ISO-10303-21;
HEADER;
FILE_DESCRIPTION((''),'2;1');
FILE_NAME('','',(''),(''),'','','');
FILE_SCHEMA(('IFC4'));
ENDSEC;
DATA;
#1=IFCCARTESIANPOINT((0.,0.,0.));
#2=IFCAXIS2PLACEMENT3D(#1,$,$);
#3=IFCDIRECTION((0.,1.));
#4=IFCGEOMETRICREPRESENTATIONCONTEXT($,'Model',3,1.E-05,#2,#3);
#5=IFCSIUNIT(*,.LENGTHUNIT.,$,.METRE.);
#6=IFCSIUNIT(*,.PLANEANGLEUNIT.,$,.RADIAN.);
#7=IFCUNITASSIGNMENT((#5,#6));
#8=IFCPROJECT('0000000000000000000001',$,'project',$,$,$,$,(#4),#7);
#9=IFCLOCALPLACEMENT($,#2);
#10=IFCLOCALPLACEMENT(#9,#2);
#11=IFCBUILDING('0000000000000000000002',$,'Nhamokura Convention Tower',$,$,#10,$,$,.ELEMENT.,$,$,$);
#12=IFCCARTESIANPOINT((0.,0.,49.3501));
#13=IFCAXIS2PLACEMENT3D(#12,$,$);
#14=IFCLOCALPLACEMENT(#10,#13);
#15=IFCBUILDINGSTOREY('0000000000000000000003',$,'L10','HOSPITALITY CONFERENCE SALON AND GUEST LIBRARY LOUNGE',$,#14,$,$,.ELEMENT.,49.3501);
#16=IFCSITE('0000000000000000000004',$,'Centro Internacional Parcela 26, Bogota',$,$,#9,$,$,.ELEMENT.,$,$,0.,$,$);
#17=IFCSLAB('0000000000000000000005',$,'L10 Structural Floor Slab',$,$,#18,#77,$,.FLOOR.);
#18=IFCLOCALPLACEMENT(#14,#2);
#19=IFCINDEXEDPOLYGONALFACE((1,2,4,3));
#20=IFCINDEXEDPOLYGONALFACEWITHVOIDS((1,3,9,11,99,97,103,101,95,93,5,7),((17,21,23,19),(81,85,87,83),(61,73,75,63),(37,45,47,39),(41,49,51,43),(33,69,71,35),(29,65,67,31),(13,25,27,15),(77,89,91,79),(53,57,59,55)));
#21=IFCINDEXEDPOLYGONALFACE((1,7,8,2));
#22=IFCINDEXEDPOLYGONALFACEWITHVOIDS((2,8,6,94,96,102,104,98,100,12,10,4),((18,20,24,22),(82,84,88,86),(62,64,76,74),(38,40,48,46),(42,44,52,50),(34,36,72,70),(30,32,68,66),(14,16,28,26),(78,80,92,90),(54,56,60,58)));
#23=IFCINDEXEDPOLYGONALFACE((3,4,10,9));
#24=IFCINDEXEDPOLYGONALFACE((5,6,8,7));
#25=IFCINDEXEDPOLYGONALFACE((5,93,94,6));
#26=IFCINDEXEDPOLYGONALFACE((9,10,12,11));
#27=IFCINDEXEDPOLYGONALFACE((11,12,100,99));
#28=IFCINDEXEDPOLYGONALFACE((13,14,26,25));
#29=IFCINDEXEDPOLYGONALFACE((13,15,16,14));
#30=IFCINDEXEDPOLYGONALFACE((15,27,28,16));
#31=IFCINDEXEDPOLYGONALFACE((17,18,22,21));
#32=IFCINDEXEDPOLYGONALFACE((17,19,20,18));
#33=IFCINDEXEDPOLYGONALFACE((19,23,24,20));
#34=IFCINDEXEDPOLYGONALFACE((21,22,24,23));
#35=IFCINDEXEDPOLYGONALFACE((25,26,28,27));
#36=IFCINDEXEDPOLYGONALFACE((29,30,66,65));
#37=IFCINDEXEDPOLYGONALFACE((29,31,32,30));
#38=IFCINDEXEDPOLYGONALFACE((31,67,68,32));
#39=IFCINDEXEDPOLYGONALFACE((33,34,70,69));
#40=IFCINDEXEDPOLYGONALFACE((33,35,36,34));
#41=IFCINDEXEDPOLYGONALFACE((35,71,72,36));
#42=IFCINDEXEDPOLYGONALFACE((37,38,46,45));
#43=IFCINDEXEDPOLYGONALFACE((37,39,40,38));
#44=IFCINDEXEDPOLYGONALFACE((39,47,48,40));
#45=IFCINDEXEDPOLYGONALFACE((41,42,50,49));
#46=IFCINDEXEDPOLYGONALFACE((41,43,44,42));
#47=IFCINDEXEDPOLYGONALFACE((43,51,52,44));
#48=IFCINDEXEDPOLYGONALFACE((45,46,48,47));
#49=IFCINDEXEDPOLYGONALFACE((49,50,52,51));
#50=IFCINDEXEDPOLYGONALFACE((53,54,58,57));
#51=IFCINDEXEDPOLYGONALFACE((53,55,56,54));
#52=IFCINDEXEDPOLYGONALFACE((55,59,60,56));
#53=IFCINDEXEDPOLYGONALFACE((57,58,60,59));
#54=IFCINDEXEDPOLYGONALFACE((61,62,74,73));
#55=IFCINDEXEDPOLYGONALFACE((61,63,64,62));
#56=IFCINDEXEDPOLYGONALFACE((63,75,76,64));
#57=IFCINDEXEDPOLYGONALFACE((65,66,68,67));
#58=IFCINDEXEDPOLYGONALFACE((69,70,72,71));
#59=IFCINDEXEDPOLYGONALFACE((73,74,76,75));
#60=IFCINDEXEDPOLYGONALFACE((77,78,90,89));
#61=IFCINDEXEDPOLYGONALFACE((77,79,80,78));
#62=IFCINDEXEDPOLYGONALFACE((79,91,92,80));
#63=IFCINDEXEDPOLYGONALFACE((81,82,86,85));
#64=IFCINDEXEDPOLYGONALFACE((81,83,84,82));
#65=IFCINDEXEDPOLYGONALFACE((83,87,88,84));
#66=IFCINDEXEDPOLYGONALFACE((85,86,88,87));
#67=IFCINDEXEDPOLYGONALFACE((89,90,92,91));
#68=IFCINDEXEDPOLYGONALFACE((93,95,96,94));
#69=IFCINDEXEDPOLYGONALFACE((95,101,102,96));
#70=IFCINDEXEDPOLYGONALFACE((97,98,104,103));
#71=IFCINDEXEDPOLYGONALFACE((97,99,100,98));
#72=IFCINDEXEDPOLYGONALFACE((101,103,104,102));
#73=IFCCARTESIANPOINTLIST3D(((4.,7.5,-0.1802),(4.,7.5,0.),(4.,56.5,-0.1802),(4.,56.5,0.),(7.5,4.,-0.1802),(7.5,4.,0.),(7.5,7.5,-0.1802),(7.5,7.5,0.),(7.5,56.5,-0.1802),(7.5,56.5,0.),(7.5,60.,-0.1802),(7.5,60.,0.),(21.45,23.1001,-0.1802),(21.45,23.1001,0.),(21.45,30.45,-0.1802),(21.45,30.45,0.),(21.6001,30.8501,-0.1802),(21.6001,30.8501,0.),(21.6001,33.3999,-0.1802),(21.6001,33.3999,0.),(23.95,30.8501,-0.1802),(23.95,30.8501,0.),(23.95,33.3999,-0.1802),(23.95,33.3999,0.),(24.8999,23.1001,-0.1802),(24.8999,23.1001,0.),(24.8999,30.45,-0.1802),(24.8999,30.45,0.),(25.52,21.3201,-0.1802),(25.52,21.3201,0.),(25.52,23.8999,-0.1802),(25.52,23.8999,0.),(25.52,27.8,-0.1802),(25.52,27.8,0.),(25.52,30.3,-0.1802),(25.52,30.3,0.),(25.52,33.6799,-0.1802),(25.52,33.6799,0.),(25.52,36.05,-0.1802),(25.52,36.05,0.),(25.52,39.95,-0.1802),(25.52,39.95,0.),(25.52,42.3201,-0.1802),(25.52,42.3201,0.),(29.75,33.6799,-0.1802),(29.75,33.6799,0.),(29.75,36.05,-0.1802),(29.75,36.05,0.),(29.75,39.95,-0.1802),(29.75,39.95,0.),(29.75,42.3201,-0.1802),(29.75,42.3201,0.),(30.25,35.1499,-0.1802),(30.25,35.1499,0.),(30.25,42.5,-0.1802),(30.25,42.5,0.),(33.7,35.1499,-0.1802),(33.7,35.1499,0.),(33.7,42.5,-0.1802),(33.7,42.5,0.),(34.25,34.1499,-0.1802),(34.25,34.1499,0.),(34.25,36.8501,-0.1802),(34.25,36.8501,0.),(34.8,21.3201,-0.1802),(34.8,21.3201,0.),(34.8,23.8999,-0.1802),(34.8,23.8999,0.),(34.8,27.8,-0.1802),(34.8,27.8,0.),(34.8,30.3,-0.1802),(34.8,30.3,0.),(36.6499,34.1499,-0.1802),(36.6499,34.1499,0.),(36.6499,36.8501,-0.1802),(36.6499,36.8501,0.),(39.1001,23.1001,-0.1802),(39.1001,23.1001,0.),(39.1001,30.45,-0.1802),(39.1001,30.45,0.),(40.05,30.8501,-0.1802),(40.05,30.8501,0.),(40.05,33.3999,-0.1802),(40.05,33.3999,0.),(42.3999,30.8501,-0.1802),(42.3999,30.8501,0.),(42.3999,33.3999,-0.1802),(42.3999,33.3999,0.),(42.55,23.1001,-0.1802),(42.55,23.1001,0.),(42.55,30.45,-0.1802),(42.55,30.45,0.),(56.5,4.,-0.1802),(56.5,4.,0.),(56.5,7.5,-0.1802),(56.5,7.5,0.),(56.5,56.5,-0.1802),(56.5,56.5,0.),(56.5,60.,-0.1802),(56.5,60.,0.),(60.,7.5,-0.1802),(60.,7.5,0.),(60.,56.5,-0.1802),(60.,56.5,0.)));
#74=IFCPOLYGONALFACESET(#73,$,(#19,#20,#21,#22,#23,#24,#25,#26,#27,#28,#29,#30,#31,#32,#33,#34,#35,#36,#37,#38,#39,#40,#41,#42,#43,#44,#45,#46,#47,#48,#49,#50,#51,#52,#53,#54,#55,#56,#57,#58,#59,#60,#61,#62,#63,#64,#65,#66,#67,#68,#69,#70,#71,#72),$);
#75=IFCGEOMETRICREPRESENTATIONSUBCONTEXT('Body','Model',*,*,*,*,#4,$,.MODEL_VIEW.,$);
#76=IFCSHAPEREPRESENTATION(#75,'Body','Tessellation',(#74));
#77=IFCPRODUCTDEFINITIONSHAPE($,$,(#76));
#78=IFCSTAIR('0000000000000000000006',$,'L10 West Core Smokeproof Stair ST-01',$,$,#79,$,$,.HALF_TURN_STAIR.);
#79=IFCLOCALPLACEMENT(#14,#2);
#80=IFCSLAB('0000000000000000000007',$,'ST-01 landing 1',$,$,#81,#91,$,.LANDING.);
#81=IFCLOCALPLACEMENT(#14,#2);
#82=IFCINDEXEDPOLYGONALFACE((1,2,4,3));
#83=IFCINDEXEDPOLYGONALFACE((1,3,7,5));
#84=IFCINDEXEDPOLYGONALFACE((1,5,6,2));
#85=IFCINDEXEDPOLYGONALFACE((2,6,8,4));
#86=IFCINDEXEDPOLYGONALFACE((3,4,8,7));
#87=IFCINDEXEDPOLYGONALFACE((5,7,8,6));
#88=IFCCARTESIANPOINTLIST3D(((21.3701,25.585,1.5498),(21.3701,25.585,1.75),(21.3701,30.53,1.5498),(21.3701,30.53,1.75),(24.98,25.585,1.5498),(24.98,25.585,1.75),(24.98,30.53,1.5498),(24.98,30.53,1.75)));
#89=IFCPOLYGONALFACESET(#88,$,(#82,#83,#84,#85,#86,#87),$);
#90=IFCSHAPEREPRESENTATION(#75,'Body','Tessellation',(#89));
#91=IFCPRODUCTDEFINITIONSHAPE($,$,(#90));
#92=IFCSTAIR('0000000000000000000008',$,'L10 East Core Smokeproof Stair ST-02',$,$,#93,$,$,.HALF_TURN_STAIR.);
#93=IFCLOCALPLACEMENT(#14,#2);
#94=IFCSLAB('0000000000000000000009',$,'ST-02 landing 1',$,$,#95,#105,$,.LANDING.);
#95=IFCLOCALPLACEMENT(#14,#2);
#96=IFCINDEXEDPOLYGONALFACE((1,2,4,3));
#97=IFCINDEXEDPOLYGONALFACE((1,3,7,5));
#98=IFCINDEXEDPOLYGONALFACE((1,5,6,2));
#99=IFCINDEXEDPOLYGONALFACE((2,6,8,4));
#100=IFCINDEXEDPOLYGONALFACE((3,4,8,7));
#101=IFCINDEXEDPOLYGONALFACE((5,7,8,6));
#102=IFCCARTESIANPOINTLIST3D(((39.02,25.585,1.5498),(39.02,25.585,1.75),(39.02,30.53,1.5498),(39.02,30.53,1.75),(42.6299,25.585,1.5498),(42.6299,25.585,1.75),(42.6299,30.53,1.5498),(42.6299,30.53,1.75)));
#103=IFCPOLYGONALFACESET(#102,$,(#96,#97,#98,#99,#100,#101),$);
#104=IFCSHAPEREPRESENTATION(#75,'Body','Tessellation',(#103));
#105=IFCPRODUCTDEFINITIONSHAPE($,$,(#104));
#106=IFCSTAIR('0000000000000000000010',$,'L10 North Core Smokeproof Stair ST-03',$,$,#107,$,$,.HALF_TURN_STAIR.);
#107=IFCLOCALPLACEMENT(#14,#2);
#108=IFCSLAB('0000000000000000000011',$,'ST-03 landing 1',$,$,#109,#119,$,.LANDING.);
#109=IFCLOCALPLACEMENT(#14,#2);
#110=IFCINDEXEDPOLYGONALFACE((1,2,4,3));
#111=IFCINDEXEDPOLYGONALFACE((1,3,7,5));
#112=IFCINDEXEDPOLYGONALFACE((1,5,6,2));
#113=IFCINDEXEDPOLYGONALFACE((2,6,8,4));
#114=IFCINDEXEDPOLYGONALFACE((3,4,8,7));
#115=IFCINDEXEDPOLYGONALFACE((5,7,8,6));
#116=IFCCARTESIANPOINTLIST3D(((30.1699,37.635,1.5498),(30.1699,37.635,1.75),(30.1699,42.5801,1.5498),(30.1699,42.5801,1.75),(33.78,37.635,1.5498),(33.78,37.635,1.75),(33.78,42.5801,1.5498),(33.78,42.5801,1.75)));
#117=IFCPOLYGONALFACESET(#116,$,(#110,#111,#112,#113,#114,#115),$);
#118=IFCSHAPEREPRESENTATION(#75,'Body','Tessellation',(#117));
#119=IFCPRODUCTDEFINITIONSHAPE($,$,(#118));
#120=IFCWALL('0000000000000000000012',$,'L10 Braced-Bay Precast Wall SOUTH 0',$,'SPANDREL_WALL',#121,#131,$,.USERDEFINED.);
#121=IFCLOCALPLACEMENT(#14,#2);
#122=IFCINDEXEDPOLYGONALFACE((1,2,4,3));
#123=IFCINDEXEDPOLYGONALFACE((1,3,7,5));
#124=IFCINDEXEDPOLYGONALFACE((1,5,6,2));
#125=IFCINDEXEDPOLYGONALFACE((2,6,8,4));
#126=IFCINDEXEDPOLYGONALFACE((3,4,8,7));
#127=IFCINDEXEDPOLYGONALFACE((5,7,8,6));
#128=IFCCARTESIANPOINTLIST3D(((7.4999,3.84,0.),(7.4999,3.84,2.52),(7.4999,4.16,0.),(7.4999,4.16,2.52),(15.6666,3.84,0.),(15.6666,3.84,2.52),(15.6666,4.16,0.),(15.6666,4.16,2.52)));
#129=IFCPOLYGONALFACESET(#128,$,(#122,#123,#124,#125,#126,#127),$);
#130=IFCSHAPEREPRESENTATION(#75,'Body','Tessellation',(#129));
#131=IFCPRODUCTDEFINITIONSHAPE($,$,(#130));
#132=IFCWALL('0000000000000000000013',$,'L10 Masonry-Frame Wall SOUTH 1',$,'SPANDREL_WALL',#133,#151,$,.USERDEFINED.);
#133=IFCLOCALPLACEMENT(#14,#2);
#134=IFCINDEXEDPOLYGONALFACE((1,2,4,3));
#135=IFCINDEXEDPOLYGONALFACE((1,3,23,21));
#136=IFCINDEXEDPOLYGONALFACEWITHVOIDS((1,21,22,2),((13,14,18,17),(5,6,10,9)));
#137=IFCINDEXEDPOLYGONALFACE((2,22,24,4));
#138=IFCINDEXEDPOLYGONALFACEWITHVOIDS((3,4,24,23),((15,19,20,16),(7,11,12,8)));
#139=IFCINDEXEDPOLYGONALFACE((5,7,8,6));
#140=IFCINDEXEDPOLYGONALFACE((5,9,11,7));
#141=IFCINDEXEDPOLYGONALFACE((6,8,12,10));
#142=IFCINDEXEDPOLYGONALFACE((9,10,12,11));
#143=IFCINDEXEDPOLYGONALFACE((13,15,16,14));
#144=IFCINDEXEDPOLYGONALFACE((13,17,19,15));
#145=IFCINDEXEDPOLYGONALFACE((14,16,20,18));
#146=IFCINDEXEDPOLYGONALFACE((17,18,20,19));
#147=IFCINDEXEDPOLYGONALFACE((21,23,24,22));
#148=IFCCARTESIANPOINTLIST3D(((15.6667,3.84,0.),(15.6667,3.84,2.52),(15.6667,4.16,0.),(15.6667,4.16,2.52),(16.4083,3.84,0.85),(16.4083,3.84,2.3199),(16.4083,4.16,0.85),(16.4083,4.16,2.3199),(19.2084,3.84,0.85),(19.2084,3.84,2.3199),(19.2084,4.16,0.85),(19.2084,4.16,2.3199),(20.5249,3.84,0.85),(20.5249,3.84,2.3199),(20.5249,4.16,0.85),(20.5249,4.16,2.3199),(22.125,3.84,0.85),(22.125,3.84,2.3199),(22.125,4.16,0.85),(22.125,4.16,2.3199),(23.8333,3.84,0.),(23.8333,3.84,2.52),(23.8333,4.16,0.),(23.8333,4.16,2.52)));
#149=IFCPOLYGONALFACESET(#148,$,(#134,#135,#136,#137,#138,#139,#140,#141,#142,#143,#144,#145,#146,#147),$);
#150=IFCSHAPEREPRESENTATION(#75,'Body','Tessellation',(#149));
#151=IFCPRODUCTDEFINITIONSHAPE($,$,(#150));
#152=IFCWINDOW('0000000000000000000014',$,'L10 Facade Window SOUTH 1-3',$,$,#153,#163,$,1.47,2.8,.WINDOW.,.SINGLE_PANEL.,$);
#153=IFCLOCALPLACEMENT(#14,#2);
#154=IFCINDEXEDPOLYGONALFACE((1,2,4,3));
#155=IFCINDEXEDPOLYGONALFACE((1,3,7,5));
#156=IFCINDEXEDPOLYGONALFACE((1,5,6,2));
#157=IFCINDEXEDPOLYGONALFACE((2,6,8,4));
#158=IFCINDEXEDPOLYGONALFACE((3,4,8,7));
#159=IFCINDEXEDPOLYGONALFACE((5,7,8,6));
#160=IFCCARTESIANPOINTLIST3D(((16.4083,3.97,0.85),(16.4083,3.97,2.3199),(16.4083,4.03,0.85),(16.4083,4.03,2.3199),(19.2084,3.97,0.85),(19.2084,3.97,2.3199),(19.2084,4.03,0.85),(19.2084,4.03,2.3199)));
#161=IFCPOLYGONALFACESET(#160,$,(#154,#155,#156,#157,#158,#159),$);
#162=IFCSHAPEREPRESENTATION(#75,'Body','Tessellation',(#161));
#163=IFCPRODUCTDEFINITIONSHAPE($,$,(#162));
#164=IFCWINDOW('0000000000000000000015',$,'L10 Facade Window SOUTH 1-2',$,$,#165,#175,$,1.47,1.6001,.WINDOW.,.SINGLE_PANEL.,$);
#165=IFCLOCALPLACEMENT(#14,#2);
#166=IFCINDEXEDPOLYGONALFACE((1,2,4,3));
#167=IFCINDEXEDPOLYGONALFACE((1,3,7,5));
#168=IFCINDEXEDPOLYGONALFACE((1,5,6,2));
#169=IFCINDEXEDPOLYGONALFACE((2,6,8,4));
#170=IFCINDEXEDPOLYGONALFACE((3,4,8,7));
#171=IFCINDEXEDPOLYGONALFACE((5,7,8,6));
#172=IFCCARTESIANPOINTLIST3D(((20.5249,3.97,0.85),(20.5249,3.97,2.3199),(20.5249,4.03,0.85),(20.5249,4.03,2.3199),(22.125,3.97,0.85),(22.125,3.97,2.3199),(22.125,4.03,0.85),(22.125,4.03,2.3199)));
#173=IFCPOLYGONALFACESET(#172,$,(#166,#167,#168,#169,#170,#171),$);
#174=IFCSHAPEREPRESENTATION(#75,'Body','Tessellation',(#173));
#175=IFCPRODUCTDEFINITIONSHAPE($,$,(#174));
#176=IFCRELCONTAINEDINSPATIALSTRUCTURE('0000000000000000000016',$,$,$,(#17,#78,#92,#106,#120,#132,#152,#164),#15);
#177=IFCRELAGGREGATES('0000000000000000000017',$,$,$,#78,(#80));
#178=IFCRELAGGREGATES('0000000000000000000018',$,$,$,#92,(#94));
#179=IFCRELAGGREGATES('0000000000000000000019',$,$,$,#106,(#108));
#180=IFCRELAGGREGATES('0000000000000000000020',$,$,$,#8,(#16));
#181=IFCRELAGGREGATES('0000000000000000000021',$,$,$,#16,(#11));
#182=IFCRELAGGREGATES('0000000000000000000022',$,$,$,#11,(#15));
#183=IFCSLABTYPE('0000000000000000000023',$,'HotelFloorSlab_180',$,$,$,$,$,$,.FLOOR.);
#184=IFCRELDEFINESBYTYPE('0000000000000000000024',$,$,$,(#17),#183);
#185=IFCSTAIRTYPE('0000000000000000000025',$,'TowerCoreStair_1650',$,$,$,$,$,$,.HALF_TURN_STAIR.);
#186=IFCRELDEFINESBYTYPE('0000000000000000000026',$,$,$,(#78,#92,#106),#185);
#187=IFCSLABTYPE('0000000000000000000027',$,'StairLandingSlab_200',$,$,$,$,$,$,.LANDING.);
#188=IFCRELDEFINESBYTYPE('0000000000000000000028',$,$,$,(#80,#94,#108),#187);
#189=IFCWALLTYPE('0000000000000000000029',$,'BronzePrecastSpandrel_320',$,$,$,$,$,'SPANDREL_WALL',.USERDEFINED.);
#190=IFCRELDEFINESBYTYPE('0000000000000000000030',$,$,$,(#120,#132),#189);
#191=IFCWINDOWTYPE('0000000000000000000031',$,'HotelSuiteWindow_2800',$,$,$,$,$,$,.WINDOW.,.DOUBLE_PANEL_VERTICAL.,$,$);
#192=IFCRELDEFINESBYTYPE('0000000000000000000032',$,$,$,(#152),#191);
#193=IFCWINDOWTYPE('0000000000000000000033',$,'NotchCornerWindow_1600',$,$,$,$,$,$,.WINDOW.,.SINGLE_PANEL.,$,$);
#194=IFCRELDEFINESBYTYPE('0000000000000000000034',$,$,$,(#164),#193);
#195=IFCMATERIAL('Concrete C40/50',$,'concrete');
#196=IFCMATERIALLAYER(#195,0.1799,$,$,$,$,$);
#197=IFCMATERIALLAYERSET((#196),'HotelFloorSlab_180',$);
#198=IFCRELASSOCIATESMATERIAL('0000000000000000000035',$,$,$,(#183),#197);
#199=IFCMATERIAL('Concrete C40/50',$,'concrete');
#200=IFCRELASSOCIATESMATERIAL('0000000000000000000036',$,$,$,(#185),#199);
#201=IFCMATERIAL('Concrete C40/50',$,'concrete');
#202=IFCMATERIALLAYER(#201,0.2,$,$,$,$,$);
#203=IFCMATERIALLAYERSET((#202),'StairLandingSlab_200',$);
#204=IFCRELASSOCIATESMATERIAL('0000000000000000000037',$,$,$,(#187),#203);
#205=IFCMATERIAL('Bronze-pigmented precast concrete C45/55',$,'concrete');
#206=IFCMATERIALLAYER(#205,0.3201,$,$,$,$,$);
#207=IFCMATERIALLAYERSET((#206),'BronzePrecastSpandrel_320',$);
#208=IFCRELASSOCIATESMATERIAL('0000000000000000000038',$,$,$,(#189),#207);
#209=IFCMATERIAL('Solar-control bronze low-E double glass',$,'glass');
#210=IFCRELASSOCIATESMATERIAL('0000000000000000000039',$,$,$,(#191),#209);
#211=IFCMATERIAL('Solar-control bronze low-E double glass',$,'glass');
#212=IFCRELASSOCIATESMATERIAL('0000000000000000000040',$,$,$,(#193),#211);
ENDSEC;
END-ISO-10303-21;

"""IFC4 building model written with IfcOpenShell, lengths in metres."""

from ifc_helpers import new_model, si_unit, direction, frame, frame_2d, origin, place, context, subcontext, project, spatial, polyline, rectangle, outline, extrude, material, layer, layer_set, type_object, element, fill, aggregate, save


model = new_model("IFC4")

# Units and contexts
model_context = context("Model", 3, precision=1e-05, world=origin(), true_north=direction((0.0, 1.0)))
body_context = subcontext(model_context, "Body", "Model", "MODEL_VIEW")
ifc_project = project(units=[si_unit("LENGTHUNIT", "METRE"), si_unit("PLANEANGLEUNIT", "RADIAN")], contexts=[model_context])

# Site, building, storey
site_placement = place(None, origin())
site = spatial("IfcSite", under=ifc_project, at=site_placement, Name="Centro Internacional Parcela 26, Bogota", CompositionType="ELEMENT", RefElevation=0.0)
building_placement = place(site_placement, origin())
building = spatial("IfcBuilding", under=site, at=building_placement, Name="Nhamokura Convention Tower", CompositionType="ELEMENT")
storey_placement = place(building_placement, frame((0.0, 0.0, 49.3501)))
storey = spatial("IfcBuildingStorey", under=building, at=storey_placement, Name="L10", Description="HOSPITALITY CONFERENCE SALON AND GUEST LIBRARY LOUNGE", CompositionType="ELEMENT", Elevation=49.3501)

# Slab
ifc_material_1 = material(Name="Concrete C40/50", Category="concrete")
ifc_layer_1 = layer(ifc_material_1, 0.1799)
ifc_layer_set_1 = layer_set([ifc_layer_1], Name="HotelFloorSlab_180")
slab_type_1 = type_object("IfcSlabType", Name="HotelFloorSlab_180", PredefinedType="FLOOR", material=ifc_layer_set_1)
slab_1_placement = place(storey_placement, frame((0.0, 0.0, -0.1802)))
element("IfcSlab", 1, at=slab_1_placement, inside=storey, type_object=slab_type_1, Name="L10 Structural Floor Slab", PredefinedType="FLOOR", context=body_context, shape_type="SweptSolid", body=[
    extrude(outline(polyline([(7.5, 4.0), (56.5, 4.0), (56.5, 7.5), (60.0, 7.5), (60.0, 56.5), (56.5, 56.5), (56.5, 60.0), (7.5, 60.0), (7.5, 56.5), (4.0, 56.5), (4.0, 7.5), (7.5, 7.5), (7.5, 4.0)]), holes=[polyline([(24.8999, 23.1001), (24.8999, 30.45), (21.45, 30.45), (21.45, 23.1001), (24.8999, 23.1001)]), polyline([(42.55, 23.1001), (42.55, 30.45), (39.1001, 30.45), (39.1001, 23.1001), (42.55, 23.1001)]), polyline([(33.7, 35.1499), (33.7, 42.5), (30.25, 42.5), (30.25, 35.1499), (33.7, 35.1499)]), polyline([(21.6001, 30.8501), (23.95, 30.8501), (23.95, 33.3999), (21.6001, 33.3999), (21.6001, 30.8501)]), polyline([(40.05, 30.8501), (42.3999, 30.8501), (42.3999, 33.3999), (40.05, 33.3999), (40.05, 30.8501)]), polyline([(34.25, 34.1499), (36.6499, 34.1499), (36.6499, 36.8501), (34.25, 36.8501), (34.25, 34.1499)]), polyline([(25.52, 21.3201), (34.8, 21.3201), (34.8, 23.8999), (25.52, 23.8999), (25.52, 21.3201)]), polyline([(25.52, 27.8), (34.8, 27.8), (34.8, 30.3), (25.52, 30.3), (25.52, 27.8)]), polyline([(25.52, 33.6799), (29.75, 33.6799), (29.75, 36.05), (25.52, 36.05), (25.52, 33.6799)]), polyline([(25.52, 39.95), (29.75, 39.95), (29.75, 42.3201), (25.52, 42.3201), (25.52, 39.95)])]), origin(), (0.0, 0.0, 1.0), 0.1802),
])

# Stairs, slabs
ifc_material_2 = material(Name="Concrete C40/50", Category="concrete")
stair_type = type_object("IfcStairType", Name="TowerCoreStair_1650", PredefinedType="HALF_TURN_STAIR", material=ifc_material_2)
stair_1_placement = place(storey_placement, origin())
stair_1 = element("IfcStair", 2, at=stair_1_placement, inside=storey, type_object=stair_type, Name="L10 West Core Smokeproof Stair ST-01", PredefinedType="HALF_TURN_STAIR")
ifc_material_3 = material(Name="Concrete C40/50", Category="concrete")
ifc_layer_2 = layer(ifc_material_3, 0.2)
ifc_layer_set_2 = layer_set([ifc_layer_2], Name="StairLandingSlab_200")
slab_type_2 = type_object("IfcSlabType", Name="StairLandingSlab_200", PredefinedType="LANDING", material=ifc_layer_set_2)
slab_2_placement = place(storey_placement, frame((0.0, 0.0, 1.5498)))
slab_2 = element("IfcSlab", 3, at=slab_2_placement, type_object=slab_type_2, Name="ST-01 landing 1", PredefinedType="LANDING", context=body_context, shape_type="SweptSolid", body=[
    extrude(outline(polyline([(24.98, 25.585), (24.98, 30.53), (21.3701, 30.53), (21.3701, 25.585), (24.98, 25.585)])), origin(), (0.0, 0.0, 1.0), 0.2002),
])
aggregate(stair_1, [slab_2])
stair_2_placement = place(storey_placement, origin())
stair_2 = element("IfcStair", 4, at=stair_2_placement, inside=storey, type_object=stair_type, Name="L10 East Core Smokeproof Stair ST-02", PredefinedType="HALF_TURN_STAIR")
slab_3_placement = place(storey_placement, frame((0.0, 0.0, 1.5498)))
slab_3 = element("IfcSlab", 5, at=slab_3_placement, type_object=slab_type_2, Name="ST-02 landing 1", PredefinedType="LANDING", context=body_context, shape_type="SweptSolid", body=[
    extrude(outline(polyline([(42.6299, 25.585), (42.6299, 30.53), (39.02, 30.53), (39.02, 25.585), (42.6299, 25.585)])), origin(), (0.0, 0.0, 1.0), 0.2002),
])
aggregate(stair_2, [slab_3])
stair_3_placement = place(storey_placement, origin())
stair_3 = element("IfcStair", 6, at=stair_3_placement, inside=storey, type_object=stair_type, Name="L10 North Core Smokeproof Stair ST-03", PredefinedType="HALF_TURN_STAIR")
slab_4_placement = place(storey_placement, frame((0.0, 0.0, 1.5498)))
slab_4 = element("IfcSlab", 7, at=slab_4_placement, type_object=slab_type_2, Name="ST-03 landing 1", PredefinedType="LANDING", context=body_context, shape_type="SweptSolid", body=[
    extrude(outline(polyline([(33.78, 37.635), (33.78, 42.5801), (30.1699, 42.5801), (30.1699, 37.635), (33.78, 37.635)])), origin(), (0.0, 0.0, 1.0), 0.2002),
])
aggregate(stair_3, [slab_4])

# Wall
ifc_material_4 = material(Name="Bronze-pigmented precast concrete C45/55", Category="concrete")
ifc_layer_3 = layer(ifc_material_4, 0.3201)
ifc_layer_set_3 = layer_set([ifc_layer_3], Name="BronzePrecastSpandrel_320")
wall_type_1 = type_object("IfcWallType", Name="BronzePrecastSpandrel_320", ElementType="SPANDREL_WALL", PredefinedType="USERDEFINED", material=ifc_layer_set_3)
wall_1_placement = place(storey_placement, frame((15.6667, 4.0, 0.0), z_axis=(0.0, 0.0, 1.0), x_axis=(-1.0, 0.0, 0.0)))
element("IfcWall", 8, at=wall_1_placement, inside=storey, type_object=wall_type_1, Name="L10 Braced-Bay Precast Wall SOUTH 0", ObjectType="SPANDREL_WALL", PredefinedType="USERDEFINED", context=body_context, shape_type="SweptSolid", body=[
    extrude(rectangle(XDim=8.1667, YDim=0.3201, at=frame_2d((4.0835, 0.0))), origin(), (0.0, 0.0, 1.0), 2.52),
])

# Wall, openings, windows
wall_2_placement = place(storey_placement, frame((23.8333, 4.0, 0.0), z_axis=(0.0, 0.0, 1.0), x_axis=(-1.0, 0.0, 0.0)))
wall_2 = element("IfcWall", 9, at=wall_2_placement, inside=storey, type_object=wall_type_1, Name="L10 Masonry-Frame Wall SOUTH 1", ObjectType="SPANDREL_WALL", PredefinedType="USERDEFINED", context=body_context, shape_type="SweptSolid", body=[
    extrude(rectangle(XDim=8.1665, YDim=0.3201, at=frame_2d((4.0833, 0.0))), origin(), (0.0, 0.0, 1.0), 2.52),
])
opening_1_placement = place(wall_2_placement, frame((1.7083, 0.0, 0.8501)))
opening_1 = element("IfcOpeningElement", 10, at=opening_1_placement, cuts=wall_2, PredefinedType="OPENING", context=body_context, shape_type="SweptSolid", body=[
    extrude(rectangle(XDim=1.6001, YDim=1.47, at=frame_2d((0.8, 0.7349))), frame((0.0, 0.1699, 0.0), z_axis=(0.0, -1.0, 0.0), x_axis=(1.0, 0.0, 0.0)), (0.0, 0.0, 1.0), 0.3401),
])
opening_2_placement = place(wall_2_placement, frame((4.625, 0.0, 0.8501)))
opening_2 = element("IfcOpeningElement", 11, at=opening_2_placement, cuts=wall_2, PredefinedType="OPENING", context=body_context, shape_type="SweptSolid", body=[
    extrude(rectangle(XDim=2.8, YDim=1.47, at=frame_2d((1.3999, 0.7349))), frame((0.0, 0.1699, 0.0), z_axis=(0.0, -1.0, 0.0), x_axis=(1.0, 0.0, 0.0)), (0.0, 0.0, 1.0), 0.3401),
])
ifc_material_5 = material(Name="Solar-control bronze low-E double glass", Category="glass")
window_type_1 = type_object("IfcWindowType", Name="HotelSuiteWindow_2800", PartitioningType="DOUBLE_PANEL_VERTICAL", PredefinedType="WINDOW", material=ifc_material_5)
window_1_placement = place(opening_2_placement, origin())
window_1 = element("IfcWindow", 12, at=window_1_placement, inside=storey, type_object=window_type_1, Name="L10 Facade Window SOUTH 1-3", OverallHeight=1.47, OverallWidth=2.8, PartitioningType="SINGLE_PANEL", PredefinedType="WINDOW", context=body_context, shape_type="SweptSolid", body=[
    extrude(rectangle(XDim=2.8, YDim=1.47, at=frame_2d((1.3999, 0.7349))), frame((0.0, 0.03, 0.0), z_axis=(0.0, -1.0, 0.0), x_axis=(1.0, 0.0, 0.0)), (0.0, 0.0, 1.0), 0.0601),
])
fill(opening_2, window_1)
ifc_material_6 = material(Name="Solar-control bronze low-E double glass", Category="glass")
window_type_2 = type_object("IfcWindowType", Name="NotchCornerWindow_1600", PartitioningType="SINGLE_PANEL", PredefinedType="WINDOW", material=ifc_material_6)
window_2_placement = place(opening_1_placement, origin())
window_2 = element("IfcWindow", 13, at=window_2_placement, inside=storey, type_object=window_type_2, Name="L10 Facade Window SOUTH 1-2", OverallHeight=1.47, OverallWidth=1.6001, PartitioningType="SINGLE_PANEL", PredefinedType="WINDOW", context=body_context, shape_type="SweptSolid", body=[
    extrude(rectangle(XDim=1.6001, YDim=1.47, at=frame_2d((0.8, 0.7349))), frame((0.0, 0.03, 0.0), z_axis=(0.0, -1.0, 0.0), x_axis=(1.0, 0.0, 0.0)), (0.0, 0.0, 1.0), 0.0601),
])
fill(opening_1, window_2)

save(model, "model.ifc")
